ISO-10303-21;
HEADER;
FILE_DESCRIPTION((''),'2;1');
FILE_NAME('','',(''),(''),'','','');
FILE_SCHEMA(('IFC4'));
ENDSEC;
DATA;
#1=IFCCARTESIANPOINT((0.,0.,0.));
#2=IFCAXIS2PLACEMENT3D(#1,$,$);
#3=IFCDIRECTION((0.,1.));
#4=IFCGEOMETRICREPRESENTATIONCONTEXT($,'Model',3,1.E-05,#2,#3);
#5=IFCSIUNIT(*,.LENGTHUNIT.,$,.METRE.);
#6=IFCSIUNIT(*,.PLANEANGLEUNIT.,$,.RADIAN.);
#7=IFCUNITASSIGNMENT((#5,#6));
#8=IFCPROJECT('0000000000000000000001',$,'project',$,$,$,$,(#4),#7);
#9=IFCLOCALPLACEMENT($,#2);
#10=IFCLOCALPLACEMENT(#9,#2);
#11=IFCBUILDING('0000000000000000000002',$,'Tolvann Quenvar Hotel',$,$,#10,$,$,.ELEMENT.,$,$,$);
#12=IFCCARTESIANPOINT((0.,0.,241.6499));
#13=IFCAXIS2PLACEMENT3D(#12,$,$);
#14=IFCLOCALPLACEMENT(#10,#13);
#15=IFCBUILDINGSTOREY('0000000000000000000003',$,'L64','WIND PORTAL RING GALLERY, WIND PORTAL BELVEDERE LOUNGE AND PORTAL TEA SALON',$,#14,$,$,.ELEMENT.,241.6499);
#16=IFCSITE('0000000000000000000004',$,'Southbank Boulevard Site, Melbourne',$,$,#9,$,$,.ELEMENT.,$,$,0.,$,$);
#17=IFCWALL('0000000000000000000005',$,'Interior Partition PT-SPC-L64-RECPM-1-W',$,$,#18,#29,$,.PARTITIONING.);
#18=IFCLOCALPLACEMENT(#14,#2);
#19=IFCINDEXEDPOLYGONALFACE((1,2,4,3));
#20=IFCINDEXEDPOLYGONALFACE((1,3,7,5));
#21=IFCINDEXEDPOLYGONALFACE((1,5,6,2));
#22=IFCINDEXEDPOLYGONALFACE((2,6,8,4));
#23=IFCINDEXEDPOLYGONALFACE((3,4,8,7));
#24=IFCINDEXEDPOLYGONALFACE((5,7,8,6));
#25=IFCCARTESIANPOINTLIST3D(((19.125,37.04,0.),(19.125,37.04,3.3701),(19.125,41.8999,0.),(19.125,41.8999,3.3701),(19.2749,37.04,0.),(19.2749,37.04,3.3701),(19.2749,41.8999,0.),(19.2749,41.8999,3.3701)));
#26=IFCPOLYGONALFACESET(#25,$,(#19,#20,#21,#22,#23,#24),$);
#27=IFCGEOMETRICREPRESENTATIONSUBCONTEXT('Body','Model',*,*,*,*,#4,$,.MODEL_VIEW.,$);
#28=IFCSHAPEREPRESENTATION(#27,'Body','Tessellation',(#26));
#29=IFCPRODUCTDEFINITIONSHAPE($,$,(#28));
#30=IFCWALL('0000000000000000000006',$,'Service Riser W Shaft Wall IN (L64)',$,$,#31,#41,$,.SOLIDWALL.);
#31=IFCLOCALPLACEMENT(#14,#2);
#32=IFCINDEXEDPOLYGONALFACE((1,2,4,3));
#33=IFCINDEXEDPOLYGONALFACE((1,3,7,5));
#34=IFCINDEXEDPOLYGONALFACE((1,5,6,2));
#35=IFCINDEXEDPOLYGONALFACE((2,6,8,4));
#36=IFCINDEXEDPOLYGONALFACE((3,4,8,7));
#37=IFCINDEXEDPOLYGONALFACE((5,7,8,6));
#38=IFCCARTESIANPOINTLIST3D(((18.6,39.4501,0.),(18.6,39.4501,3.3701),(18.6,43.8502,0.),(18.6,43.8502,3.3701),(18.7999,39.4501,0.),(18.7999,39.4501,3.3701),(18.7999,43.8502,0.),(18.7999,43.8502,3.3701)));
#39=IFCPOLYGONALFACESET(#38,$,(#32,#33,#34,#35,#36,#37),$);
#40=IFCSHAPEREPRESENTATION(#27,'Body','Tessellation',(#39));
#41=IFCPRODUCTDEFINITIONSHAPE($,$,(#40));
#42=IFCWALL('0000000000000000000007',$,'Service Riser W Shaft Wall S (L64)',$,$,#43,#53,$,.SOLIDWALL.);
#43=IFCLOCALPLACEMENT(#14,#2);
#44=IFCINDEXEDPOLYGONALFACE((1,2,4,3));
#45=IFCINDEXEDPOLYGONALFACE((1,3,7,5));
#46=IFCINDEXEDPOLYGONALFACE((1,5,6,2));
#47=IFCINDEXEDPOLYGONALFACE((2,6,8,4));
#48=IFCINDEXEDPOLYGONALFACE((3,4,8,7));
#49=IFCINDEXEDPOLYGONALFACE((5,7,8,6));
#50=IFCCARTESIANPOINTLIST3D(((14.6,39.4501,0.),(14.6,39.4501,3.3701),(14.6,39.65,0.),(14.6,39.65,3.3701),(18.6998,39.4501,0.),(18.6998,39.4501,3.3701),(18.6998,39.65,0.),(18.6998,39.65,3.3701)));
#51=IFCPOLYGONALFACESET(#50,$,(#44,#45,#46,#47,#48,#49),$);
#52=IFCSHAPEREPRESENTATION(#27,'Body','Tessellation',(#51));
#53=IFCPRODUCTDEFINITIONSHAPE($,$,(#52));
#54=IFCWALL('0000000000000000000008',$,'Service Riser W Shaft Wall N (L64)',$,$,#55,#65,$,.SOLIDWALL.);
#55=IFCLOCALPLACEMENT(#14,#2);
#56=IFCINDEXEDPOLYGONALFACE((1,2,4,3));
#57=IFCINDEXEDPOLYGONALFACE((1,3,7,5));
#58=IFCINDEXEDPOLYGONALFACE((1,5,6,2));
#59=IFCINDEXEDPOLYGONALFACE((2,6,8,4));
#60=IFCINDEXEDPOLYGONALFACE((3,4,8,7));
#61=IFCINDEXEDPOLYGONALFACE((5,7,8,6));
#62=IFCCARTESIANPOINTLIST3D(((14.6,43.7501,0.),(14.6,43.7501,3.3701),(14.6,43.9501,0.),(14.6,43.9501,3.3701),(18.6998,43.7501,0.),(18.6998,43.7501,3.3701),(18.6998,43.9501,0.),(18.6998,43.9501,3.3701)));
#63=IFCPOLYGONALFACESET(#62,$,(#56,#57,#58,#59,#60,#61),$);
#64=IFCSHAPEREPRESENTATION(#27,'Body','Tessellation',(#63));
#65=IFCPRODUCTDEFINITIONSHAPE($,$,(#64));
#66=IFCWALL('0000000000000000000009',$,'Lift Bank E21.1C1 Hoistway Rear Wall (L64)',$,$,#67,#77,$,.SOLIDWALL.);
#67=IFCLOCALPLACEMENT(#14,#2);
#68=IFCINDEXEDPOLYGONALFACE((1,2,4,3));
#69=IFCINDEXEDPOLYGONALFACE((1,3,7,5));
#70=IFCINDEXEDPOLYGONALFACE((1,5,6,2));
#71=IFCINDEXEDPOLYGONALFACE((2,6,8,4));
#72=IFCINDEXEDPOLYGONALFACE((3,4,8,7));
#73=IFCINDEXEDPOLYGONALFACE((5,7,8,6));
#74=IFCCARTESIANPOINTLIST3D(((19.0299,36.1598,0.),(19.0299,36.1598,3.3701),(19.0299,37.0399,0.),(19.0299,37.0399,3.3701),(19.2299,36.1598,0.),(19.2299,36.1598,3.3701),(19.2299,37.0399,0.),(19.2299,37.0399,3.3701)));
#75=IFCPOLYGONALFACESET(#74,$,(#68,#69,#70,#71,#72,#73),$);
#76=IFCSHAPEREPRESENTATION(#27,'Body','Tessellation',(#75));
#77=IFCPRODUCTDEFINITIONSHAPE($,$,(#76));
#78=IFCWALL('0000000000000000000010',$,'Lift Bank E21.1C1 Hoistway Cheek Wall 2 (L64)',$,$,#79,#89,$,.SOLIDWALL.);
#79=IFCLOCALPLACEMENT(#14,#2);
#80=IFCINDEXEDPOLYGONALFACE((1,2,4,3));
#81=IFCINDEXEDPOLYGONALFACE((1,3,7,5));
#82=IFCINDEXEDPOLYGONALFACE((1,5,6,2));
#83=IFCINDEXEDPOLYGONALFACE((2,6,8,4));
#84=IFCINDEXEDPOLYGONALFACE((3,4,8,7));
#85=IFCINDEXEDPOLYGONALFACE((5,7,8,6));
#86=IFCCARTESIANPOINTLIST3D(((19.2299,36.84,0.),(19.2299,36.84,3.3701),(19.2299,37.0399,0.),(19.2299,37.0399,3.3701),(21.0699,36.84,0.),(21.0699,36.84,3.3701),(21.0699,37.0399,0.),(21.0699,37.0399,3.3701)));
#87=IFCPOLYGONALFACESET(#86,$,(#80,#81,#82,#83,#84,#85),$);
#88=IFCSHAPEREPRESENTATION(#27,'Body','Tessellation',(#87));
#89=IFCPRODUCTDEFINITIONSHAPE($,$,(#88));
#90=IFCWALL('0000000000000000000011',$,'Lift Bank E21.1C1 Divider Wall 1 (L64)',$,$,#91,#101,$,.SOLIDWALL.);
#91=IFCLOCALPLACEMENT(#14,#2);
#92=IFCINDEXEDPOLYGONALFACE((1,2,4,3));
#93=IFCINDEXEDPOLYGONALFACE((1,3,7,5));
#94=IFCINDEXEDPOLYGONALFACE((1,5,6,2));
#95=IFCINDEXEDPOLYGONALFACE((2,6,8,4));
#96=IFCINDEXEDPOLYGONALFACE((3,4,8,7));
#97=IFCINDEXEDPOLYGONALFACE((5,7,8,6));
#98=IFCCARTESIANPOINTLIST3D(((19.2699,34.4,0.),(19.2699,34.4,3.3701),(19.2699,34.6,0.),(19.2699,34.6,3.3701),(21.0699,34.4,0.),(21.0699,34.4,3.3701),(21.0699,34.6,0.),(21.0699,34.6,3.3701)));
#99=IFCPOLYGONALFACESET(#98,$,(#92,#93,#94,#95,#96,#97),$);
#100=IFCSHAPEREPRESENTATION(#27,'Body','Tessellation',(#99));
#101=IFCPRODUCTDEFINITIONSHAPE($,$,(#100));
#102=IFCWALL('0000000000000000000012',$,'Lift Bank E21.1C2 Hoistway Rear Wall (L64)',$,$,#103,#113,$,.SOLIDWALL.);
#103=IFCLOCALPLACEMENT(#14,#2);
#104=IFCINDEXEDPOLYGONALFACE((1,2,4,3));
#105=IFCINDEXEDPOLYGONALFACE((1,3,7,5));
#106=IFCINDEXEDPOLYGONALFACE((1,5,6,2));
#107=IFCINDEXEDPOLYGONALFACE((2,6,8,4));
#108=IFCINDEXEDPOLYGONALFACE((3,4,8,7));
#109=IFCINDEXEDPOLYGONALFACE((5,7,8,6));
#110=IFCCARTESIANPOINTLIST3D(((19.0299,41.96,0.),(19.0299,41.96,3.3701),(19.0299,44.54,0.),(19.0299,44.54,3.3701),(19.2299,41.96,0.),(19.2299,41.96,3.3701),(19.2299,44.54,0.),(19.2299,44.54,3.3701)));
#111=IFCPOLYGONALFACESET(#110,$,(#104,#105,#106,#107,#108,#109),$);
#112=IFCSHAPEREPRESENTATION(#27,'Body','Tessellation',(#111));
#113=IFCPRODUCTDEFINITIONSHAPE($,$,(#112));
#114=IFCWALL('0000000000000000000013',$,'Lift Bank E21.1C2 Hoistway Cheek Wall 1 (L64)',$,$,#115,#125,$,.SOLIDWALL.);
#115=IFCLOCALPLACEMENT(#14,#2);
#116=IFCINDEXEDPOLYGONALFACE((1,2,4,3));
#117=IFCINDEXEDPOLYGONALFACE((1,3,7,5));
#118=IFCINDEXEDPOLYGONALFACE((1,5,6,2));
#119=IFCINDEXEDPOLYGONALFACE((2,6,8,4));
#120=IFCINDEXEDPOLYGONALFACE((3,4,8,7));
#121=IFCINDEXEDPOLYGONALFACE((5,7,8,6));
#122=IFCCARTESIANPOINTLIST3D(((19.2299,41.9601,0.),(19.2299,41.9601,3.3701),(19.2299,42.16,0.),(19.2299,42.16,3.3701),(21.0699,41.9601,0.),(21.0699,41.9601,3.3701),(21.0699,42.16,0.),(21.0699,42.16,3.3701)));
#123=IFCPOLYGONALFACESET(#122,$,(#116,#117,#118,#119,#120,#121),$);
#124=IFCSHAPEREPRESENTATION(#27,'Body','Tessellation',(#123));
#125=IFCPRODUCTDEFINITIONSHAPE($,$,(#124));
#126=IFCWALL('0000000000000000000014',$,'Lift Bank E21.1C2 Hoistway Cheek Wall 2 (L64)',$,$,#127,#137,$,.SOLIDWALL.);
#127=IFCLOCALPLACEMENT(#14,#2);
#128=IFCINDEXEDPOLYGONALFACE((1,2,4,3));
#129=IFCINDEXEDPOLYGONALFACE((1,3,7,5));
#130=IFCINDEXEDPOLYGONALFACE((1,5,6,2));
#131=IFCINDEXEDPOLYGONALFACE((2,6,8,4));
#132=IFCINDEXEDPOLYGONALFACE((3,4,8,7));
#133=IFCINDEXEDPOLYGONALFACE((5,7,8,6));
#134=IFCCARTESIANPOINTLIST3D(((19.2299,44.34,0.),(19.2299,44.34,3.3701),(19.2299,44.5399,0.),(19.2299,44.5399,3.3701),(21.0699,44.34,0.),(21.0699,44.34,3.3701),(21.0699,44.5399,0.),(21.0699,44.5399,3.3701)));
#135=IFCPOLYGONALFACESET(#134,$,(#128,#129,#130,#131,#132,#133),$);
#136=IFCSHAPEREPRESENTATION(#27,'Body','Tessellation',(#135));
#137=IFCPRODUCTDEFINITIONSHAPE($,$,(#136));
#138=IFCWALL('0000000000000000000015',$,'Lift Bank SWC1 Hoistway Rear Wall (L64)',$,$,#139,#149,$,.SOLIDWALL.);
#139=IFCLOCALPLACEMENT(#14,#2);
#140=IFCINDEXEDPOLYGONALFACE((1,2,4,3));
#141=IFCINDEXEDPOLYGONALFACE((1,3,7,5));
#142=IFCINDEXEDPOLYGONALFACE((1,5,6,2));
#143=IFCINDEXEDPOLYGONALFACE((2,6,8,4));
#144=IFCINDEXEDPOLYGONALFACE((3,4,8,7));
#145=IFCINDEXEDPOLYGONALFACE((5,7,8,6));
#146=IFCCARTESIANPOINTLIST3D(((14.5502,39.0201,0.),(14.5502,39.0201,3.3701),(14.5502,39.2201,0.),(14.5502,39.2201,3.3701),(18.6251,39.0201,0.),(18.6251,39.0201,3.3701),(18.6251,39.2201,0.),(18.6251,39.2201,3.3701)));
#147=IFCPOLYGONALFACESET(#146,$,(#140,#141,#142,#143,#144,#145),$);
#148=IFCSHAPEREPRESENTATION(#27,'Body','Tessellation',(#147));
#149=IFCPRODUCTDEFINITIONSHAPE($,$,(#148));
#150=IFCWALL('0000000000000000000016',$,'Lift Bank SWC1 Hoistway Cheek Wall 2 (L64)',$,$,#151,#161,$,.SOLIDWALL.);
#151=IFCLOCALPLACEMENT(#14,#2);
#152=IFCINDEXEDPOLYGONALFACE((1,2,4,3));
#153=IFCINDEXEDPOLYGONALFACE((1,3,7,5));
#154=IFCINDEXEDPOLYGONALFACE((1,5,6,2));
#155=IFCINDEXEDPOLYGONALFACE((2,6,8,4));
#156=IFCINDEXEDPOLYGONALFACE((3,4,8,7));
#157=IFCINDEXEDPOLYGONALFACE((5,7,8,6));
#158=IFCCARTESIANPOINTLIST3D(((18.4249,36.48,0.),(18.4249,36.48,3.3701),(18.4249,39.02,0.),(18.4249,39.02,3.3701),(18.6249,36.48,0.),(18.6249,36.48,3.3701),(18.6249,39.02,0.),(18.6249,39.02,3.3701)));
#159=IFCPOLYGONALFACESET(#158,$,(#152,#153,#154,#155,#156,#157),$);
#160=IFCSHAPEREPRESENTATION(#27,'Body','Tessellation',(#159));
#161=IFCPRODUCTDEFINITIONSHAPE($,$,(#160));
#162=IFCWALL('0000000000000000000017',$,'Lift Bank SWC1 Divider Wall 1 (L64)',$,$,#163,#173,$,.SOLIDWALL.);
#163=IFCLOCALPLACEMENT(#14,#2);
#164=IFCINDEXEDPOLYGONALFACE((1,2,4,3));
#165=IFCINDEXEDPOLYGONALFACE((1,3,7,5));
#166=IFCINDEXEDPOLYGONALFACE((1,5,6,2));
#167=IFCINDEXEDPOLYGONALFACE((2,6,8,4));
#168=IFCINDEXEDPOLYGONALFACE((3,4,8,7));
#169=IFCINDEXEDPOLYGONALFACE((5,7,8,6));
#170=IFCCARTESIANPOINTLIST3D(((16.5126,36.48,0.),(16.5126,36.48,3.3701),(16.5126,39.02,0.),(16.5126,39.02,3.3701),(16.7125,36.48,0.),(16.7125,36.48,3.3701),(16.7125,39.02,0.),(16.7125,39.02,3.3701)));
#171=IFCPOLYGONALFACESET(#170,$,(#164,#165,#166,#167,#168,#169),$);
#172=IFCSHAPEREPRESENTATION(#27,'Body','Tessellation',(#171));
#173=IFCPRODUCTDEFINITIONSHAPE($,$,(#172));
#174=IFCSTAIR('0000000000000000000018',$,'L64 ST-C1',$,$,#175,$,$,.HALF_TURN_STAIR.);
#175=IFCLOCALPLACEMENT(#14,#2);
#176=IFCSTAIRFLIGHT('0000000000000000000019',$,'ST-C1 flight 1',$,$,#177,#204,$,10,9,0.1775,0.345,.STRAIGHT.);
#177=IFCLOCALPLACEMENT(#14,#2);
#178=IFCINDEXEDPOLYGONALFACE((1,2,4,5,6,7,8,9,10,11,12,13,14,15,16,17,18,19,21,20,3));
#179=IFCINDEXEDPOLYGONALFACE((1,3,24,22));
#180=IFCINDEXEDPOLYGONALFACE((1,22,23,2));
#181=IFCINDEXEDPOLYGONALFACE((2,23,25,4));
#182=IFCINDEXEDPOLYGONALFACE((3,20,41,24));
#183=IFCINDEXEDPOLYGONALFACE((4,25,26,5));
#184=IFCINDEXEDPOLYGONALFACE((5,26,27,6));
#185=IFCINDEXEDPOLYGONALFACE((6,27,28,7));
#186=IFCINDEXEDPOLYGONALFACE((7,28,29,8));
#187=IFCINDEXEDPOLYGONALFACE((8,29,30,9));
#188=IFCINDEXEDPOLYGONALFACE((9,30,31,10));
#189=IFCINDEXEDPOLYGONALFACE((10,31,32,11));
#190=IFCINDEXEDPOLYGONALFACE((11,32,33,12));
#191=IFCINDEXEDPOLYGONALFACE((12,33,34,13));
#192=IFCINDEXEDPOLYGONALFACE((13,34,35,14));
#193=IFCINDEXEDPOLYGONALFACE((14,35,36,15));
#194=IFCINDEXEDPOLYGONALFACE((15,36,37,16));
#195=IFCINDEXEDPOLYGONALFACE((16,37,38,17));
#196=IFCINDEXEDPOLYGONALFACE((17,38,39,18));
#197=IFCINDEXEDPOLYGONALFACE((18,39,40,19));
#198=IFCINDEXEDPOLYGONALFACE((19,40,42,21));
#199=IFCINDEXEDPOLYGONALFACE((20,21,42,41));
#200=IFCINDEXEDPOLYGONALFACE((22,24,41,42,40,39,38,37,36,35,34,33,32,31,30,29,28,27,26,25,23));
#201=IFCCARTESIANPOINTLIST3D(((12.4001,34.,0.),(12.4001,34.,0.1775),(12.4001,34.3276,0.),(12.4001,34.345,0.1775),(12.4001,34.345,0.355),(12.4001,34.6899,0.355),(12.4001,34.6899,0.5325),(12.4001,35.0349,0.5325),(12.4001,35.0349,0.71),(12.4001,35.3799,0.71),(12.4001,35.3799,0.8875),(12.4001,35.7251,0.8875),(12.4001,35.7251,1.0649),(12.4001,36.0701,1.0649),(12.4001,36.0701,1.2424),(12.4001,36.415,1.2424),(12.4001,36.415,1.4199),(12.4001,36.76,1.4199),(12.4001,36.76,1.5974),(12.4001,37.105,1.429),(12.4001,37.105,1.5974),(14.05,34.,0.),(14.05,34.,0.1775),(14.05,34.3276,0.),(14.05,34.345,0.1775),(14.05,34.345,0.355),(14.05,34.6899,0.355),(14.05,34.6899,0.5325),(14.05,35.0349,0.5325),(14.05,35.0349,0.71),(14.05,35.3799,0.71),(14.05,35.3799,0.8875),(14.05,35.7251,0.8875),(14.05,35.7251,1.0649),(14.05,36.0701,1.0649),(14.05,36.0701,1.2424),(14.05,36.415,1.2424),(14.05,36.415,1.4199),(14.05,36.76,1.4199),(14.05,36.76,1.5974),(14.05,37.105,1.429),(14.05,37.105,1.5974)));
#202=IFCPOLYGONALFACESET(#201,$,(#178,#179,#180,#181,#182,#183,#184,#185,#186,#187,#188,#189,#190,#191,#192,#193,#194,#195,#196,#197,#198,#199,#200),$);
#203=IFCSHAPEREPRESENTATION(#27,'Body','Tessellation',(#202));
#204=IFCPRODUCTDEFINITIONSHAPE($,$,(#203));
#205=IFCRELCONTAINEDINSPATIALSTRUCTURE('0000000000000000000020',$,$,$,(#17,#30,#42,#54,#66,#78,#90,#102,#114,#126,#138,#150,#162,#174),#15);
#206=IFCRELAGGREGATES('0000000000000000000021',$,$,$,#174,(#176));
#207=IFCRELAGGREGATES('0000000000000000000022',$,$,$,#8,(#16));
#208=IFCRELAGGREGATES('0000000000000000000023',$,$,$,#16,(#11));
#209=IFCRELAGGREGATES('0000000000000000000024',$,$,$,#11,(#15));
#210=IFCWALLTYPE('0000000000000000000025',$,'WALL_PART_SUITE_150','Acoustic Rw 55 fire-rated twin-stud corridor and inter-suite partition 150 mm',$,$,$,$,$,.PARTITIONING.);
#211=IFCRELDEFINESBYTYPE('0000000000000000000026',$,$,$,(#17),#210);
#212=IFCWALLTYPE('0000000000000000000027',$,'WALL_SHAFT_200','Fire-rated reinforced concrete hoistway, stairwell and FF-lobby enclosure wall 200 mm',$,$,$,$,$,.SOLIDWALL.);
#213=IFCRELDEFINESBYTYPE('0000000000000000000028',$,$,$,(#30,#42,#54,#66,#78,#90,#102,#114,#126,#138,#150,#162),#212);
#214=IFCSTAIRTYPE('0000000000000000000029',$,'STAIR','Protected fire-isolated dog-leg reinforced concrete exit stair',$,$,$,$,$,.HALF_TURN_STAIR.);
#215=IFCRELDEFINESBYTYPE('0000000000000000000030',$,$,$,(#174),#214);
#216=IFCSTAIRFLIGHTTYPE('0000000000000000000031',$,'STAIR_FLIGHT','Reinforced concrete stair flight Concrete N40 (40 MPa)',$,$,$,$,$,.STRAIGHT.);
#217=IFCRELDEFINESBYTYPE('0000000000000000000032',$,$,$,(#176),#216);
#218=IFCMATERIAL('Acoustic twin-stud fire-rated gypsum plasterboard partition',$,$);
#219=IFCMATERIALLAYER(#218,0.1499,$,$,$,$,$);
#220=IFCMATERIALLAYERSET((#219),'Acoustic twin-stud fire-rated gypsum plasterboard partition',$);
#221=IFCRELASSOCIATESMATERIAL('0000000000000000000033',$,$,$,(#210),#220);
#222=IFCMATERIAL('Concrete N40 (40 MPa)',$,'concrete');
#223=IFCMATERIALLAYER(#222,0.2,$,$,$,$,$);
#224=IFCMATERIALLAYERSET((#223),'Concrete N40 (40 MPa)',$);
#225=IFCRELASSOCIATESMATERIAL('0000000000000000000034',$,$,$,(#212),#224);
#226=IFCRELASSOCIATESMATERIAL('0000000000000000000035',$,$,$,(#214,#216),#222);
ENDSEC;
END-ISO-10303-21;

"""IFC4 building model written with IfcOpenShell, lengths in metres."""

from ifc_helpers import new_model, si_unit, direction, frame, frame_2d, origin, place, context, subcontext, project, spatial, polyline, rectangle, outline, extrude, material, layer, layer_set, type_object, element, aggregate, save


model = new_model("IFC4")

# Units and contexts
model_context = context("Model", 3, precision=1e-05, world=origin(), true_north=direction((0.0, 1.0)))
body_context = subcontext(model_context, "Body", "Model", "MODEL_VIEW")
ifc_project = project(units=[si_unit("LENGTHUNIT", "METRE"), si_unit("PLANEANGLEUNIT", "RADIAN")], contexts=[model_context])

# Site, building, storey
site_placement = place(None, origin())
site = spatial("IfcSite", under=ifc_project, at=site_placement, Name="Southbank Boulevard Site, Melbourne", CompositionType="ELEMENT", RefElevation=0.0)
building_placement = place(site_placement, origin())
building = spatial("IfcBuilding", under=site, at=building_placement, Name="Tolvann Quenvar Hotel", CompositionType="ELEMENT")
storey_placement = place(building_placement, frame((0.0, 0.0, 241.6499)))
storey = spatial("IfcBuildingStorey", under=building, at=storey_placement, Name="L64", Description="WIND PORTAL RING GALLERY, WIND PORTAL BELVEDERE LOUNGE AND PORTAL TEA SALON", CompositionType="ELEMENT", Elevation=241.6499)

# Walls
ifc_material_1 = material(Name="Acoustic twin-stud fire-rated gypsum plasterboard partition")
ifc_layer_1 = layer(ifc_material_1, 0.1499)
ifc_layer_set_1 = layer_set([ifc_layer_1], Name="Acoustic twin-stud fire-rated gypsum plasterboard partition")
wall_type_1 = type_object("IfcWallType", Name="WALL_PART_SUITE_150", Description="Acoustic Rw 55 fire-rated twin-stud corridor and inter-suite partition 150 mm", PredefinedType="PARTITIONING", material=ifc_layer_set_1)
wall_1_placement = place(storey_placement, frame((19.2, 37.04, 0.0), z_axis=(0.0, 0.0, 1.0), x_axis=(0.0, 1.0, 0.0)))
element("IfcWall", 1, at=wall_1_placement, inside=storey, type_object=wall_type_1, Name="Interior Partition PT-SPC-L64-RECPM-1-W", PredefinedType="PARTITIONING", context=body_context, shape_type="SweptSolid", body=[
    extrude(rectangle(XDim=4.8599, YDim=0.1499, at=frame_2d((2.4299, 0.0))), origin(), (0.0, 0.0, 1.0), 3.3701),
])
ifc_material_2 = material(Name="Concrete N40 (40 MPa)", Category="concrete")
ifc_layer_2 = layer(ifc_material_2, 0.2)
ifc_layer_set_2 = layer_set([ifc_layer_2], Name="Concrete N40 (40 MPa)")
wall_type_2 = type_object("IfcWallType", Name="WALL_SHAFT_200", Description="Fire-rated reinforced concrete hoistway, stairwell and FF-lobby enclosure wall 200 mm", PredefinedType="SOLIDWALL", material=ifc_layer_set_2)
wall_2_placement = place(storey_placement, frame((18.7, 39.45, 0.0), z_axis=(0.0, 0.0, 1.0), x_axis=(0.0, 1.0, 0.0)))
element("IfcWall", 2, at=wall_2_placement, inside=storey, type_object=wall_type_2, Name="Service Riser W Shaft Wall IN (L64)", PredefinedType="SOLIDWALL", context=body_context, shape_type="SweptSolid", body=[
    extrude(rectangle(XDim=4.4001, YDim=0.2, at=frame_2d((2.2002, 0.0))), origin(), (0.0, 0.0, 1.0), 3.3701),
])
for number, where, z_axis, x_axis, name in (
    (3, (14.6001, 39.55, 0.0), (0.0, 0.0, 1.0), (1.0, 0.0, 0.0), "Service Riser W Shaft Wall S (L64)"),
    (4, (14.6001, 43.8501, 0.0), (0.0, 0.0, 1.0), (1.0, 0.0, 0.0), "Service Riser W Shaft Wall N (L64)"),
):
    element("IfcWall", number, at=place(storey_placement, frame(where, z_axis=z_axis, x_axis=x_axis)), inside=storey, type_object=wall_type_2, Name=name, PredefinedType="SOLIDWALL", context=body_context, shape_type="SweptSolid", body=[
        extrude(rectangle(XDim=4.0999, YDim=0.2, at=frame_2d((2.0498, 0.0))), origin(), (0.0, 0.0, 1.0), 3.3701),
    ])
wall_3_placement = place(storey_placement, frame((19.1299, 36.1599, 0.0), z_axis=(0.0, 0.0, 1.0), x_axis=(0.0, 1.0, 0.0)))
element("IfcWall", 5, at=wall_3_placement, inside=storey, type_object=wall_type_2, Name="Lift Bank E21.1C1 Hoistway Rear Wall (L64)", PredefinedType="SOLIDWALL", context=body_context, shape_type="SweptSolid", body=[
    extrude(rectangle(XDim=0.8801, YDim=0.2, at=frame_2d((0.4399, 0.0))), origin(), (0.0, 0.0, 1.0), 3.3701),
])
wall_4_placement = place(storey_placement, frame((19.23, 36.9399, 0.0), z_axis=(0.0, 0.0, 1.0), x_axis=(1.0, 0.0, 0.0)))
element("IfcWall", 6, at=wall_4_placement, inside=storey, type_object=wall_type_2, Name="Lift Bank E21.1C1 Hoistway Cheek Wall 2 (L64)", PredefinedType="SOLIDWALL", context=body_context, shape_type="SweptSolid", body=[
    extrude(rectangle(XDim=1.8401, YDim=0.2, at=frame_2d((0.9199, 0.0))), origin(), (0.0, 0.0, 1.0), 3.3701),
])
wall_5_placement = place(storey_placement, frame((19.27, 34.5, 0.0), z_axis=(0.0, 0.0, 1.0), x_axis=(1.0, 0.0, 0.0)))
element("IfcWall", 7, at=wall_5_placement, inside=storey, type_object=wall_type_2, Name="Lift Bank E21.1C1 Divider Wall 1 (L64)", PredefinedType="SOLIDWALL", context=body_context, shape_type="SweptSolid", body=[
    extrude(rectangle(XDim=1.8, YDim=0.2, at=frame_2d((0.8999, 0.0))), origin(), (0.0, 0.0, 1.0), 3.3701),
])
wall_6_placement = place(storey_placement, frame((19.1299, 41.96, 0.0), z_axis=(0.0, 0.0, 1.0), x_axis=(0.0, 1.0, 0.0)))
element("IfcWall", 8, at=wall_6_placement, inside=storey, type_object=wall_type_2, Name="Lift Bank E21.1C2 Hoistway Rear Wall (L64)", PredefinedType="SOLIDWALL", context=body_context, shape_type="SweptSolid", body=[
    extrude(rectangle(XDim=2.5801, YDim=0.2, at=frame_2d((1.29, 0.0))), origin(), (0.0, 0.0, 1.0), 3.3701),
])
for number, where, z_axis, x_axis, name in (
    (9, (19.23, 42.0601, 0.0), (0.0, 0.0, 1.0), (1.0, 0.0, 0.0), "Lift Bank E21.1C2 Hoistway Cheek Wall 1 (L64)"),
    (10, (19.23, 44.4399, 0.0), (0.0, 0.0, 1.0), (1.0, 0.0, 0.0), "Lift Bank E21.1C2 Hoistway Cheek Wall 2 (L64)"),
):
    element("IfcWall", number, at=place(storey_placement, frame(where, z_axis=z_axis, x_axis=x_axis)), inside=storey, type_object=wall_type_2, Name=name, PredefinedType="SOLIDWALL", context=body_context, shape_type="SweptSolid", body=[
        extrude(rectangle(XDim=1.8401, YDim=0.2, at=frame_2d((0.9199, 0.0))), origin(), (0.0, 0.0, 1.0), 3.3701),
    ])

# Walls
wall_7_placement = place(storey_placement, frame((14.55, 39.1201, 0.0), z_axis=(0.0, 0.0, 1.0), x_axis=(1.0, 0.0, 0.0)))
element("IfcWall", 11, at=wall_7_placement, inside=storey, type_object=wall_type_2, Name="Lift Bank SWC1 Hoistway Rear Wall (L64)", PredefinedType="SOLIDWALL", context=body_context, shape_type="SweptSolid", body=[
    extrude(rectangle(XDim=4.075, YDim=0.2, at=frame_2d((2.0376, 0.0))), origin(), (0.0, 0.0, 1.0), 3.3701),
])
for number, where, z_axis, x_axis, name in (
    (12, (18.5249, 36.48, 0.0), (0.0, 0.0, 1.0), (0.0, 1.0, 0.0), "Lift Bank SWC1 Hoistway Cheek Wall 2 (L64)"),
    (13, (16.6125, 36.48, 0.0), (0.0, 0.0, 1.0), (0.0, 1.0, 0.0), "Lift Bank SWC1 Divider Wall 1 (L64)"),
):
    element("IfcWall", number, at=place(storey_placement, frame(where, z_axis=z_axis, x_axis=x_axis)), inside=storey, type_object=wall_type_2, Name=name, PredefinedType="SOLIDWALL", context=body_context, shape_type="SweptSolid", body=[
        extrude(rectangle(XDim=2.54, YDim=0.2, at=frame_2d((1.27, 0.0))), origin(), (0.0, 0.0, 1.0), 3.3701),
    ])

# Stair, stair flight
stair_type = type_object("IfcStairType", Name="STAIR", Description="Protected fire-isolated dog-leg reinforced concrete exit stair", PredefinedType="HALF_TURN_STAIR", material=ifc_material_2)
stair_placement = place(storey_placement, origin())
stair = element("IfcStair", 14, at=stair_placement, inside=storey, type_object=stair_type, Name="L64 ST-C1", PredefinedType="HALF_TURN_STAIR")
stair_flight_type = type_object("IfcStairFlightType", Name="STAIR_FLIGHT", Description="Reinforced concrete stair flight Concrete N40 (40 MPa)", PredefinedType="STRAIGHT", material=ifc_material_2)
stair_flight_placement = place(storey_placement, frame((13.2251, 34.0, 0.0), z_axis=(0.0, 0.0, 1.0), x_axis=(0.0, 1.0, 0.0)))
stair_flight = element("IfcStairFlight", 15, at=stair_flight_placement, type_object=stair_flight_type, Name="ST-C1 flight 1", NumberOfRisers=10, NumberOfTreads=9, PredefinedType="STRAIGHT", RiserHeight=0.1775, TreadLength=0.345, context=body_context, shape_type="SweptSolid", body=[
    extrude(outline(polyline([(0.0, 0.0), (0.0, 0.1775), (0.345, 0.1775), (0.345, 0.355), (0.6899, 0.355), (0.6899, 0.5325), (1.0349, 0.5325), (1.0349, 0.71), (1.3799, 0.71), (1.3799, 0.8875), (1.7251, 0.8875), (1.7251, 1.0649), (2.0701, 1.0649), (2.0701, 1.2424), (2.415, 1.2424), (2.415, 1.4199), (2.76, 1.4199), (2.76, 1.5974), (3.105, 1.5974), (3.105, 1.7749), (3.105, 1.429), (0.3276, 0.0), (0.0, 0.0)])), frame((0.0, 0.825, 0.0), z_axis=(0.0, -1.0, 0.0), x_axis=(1.0, 0.0, 0.0)), (0.0, 0.0, 1.0), 1.6499),
])
aggregate(stair, [stair_flight])

save(model, "model.ifc")
